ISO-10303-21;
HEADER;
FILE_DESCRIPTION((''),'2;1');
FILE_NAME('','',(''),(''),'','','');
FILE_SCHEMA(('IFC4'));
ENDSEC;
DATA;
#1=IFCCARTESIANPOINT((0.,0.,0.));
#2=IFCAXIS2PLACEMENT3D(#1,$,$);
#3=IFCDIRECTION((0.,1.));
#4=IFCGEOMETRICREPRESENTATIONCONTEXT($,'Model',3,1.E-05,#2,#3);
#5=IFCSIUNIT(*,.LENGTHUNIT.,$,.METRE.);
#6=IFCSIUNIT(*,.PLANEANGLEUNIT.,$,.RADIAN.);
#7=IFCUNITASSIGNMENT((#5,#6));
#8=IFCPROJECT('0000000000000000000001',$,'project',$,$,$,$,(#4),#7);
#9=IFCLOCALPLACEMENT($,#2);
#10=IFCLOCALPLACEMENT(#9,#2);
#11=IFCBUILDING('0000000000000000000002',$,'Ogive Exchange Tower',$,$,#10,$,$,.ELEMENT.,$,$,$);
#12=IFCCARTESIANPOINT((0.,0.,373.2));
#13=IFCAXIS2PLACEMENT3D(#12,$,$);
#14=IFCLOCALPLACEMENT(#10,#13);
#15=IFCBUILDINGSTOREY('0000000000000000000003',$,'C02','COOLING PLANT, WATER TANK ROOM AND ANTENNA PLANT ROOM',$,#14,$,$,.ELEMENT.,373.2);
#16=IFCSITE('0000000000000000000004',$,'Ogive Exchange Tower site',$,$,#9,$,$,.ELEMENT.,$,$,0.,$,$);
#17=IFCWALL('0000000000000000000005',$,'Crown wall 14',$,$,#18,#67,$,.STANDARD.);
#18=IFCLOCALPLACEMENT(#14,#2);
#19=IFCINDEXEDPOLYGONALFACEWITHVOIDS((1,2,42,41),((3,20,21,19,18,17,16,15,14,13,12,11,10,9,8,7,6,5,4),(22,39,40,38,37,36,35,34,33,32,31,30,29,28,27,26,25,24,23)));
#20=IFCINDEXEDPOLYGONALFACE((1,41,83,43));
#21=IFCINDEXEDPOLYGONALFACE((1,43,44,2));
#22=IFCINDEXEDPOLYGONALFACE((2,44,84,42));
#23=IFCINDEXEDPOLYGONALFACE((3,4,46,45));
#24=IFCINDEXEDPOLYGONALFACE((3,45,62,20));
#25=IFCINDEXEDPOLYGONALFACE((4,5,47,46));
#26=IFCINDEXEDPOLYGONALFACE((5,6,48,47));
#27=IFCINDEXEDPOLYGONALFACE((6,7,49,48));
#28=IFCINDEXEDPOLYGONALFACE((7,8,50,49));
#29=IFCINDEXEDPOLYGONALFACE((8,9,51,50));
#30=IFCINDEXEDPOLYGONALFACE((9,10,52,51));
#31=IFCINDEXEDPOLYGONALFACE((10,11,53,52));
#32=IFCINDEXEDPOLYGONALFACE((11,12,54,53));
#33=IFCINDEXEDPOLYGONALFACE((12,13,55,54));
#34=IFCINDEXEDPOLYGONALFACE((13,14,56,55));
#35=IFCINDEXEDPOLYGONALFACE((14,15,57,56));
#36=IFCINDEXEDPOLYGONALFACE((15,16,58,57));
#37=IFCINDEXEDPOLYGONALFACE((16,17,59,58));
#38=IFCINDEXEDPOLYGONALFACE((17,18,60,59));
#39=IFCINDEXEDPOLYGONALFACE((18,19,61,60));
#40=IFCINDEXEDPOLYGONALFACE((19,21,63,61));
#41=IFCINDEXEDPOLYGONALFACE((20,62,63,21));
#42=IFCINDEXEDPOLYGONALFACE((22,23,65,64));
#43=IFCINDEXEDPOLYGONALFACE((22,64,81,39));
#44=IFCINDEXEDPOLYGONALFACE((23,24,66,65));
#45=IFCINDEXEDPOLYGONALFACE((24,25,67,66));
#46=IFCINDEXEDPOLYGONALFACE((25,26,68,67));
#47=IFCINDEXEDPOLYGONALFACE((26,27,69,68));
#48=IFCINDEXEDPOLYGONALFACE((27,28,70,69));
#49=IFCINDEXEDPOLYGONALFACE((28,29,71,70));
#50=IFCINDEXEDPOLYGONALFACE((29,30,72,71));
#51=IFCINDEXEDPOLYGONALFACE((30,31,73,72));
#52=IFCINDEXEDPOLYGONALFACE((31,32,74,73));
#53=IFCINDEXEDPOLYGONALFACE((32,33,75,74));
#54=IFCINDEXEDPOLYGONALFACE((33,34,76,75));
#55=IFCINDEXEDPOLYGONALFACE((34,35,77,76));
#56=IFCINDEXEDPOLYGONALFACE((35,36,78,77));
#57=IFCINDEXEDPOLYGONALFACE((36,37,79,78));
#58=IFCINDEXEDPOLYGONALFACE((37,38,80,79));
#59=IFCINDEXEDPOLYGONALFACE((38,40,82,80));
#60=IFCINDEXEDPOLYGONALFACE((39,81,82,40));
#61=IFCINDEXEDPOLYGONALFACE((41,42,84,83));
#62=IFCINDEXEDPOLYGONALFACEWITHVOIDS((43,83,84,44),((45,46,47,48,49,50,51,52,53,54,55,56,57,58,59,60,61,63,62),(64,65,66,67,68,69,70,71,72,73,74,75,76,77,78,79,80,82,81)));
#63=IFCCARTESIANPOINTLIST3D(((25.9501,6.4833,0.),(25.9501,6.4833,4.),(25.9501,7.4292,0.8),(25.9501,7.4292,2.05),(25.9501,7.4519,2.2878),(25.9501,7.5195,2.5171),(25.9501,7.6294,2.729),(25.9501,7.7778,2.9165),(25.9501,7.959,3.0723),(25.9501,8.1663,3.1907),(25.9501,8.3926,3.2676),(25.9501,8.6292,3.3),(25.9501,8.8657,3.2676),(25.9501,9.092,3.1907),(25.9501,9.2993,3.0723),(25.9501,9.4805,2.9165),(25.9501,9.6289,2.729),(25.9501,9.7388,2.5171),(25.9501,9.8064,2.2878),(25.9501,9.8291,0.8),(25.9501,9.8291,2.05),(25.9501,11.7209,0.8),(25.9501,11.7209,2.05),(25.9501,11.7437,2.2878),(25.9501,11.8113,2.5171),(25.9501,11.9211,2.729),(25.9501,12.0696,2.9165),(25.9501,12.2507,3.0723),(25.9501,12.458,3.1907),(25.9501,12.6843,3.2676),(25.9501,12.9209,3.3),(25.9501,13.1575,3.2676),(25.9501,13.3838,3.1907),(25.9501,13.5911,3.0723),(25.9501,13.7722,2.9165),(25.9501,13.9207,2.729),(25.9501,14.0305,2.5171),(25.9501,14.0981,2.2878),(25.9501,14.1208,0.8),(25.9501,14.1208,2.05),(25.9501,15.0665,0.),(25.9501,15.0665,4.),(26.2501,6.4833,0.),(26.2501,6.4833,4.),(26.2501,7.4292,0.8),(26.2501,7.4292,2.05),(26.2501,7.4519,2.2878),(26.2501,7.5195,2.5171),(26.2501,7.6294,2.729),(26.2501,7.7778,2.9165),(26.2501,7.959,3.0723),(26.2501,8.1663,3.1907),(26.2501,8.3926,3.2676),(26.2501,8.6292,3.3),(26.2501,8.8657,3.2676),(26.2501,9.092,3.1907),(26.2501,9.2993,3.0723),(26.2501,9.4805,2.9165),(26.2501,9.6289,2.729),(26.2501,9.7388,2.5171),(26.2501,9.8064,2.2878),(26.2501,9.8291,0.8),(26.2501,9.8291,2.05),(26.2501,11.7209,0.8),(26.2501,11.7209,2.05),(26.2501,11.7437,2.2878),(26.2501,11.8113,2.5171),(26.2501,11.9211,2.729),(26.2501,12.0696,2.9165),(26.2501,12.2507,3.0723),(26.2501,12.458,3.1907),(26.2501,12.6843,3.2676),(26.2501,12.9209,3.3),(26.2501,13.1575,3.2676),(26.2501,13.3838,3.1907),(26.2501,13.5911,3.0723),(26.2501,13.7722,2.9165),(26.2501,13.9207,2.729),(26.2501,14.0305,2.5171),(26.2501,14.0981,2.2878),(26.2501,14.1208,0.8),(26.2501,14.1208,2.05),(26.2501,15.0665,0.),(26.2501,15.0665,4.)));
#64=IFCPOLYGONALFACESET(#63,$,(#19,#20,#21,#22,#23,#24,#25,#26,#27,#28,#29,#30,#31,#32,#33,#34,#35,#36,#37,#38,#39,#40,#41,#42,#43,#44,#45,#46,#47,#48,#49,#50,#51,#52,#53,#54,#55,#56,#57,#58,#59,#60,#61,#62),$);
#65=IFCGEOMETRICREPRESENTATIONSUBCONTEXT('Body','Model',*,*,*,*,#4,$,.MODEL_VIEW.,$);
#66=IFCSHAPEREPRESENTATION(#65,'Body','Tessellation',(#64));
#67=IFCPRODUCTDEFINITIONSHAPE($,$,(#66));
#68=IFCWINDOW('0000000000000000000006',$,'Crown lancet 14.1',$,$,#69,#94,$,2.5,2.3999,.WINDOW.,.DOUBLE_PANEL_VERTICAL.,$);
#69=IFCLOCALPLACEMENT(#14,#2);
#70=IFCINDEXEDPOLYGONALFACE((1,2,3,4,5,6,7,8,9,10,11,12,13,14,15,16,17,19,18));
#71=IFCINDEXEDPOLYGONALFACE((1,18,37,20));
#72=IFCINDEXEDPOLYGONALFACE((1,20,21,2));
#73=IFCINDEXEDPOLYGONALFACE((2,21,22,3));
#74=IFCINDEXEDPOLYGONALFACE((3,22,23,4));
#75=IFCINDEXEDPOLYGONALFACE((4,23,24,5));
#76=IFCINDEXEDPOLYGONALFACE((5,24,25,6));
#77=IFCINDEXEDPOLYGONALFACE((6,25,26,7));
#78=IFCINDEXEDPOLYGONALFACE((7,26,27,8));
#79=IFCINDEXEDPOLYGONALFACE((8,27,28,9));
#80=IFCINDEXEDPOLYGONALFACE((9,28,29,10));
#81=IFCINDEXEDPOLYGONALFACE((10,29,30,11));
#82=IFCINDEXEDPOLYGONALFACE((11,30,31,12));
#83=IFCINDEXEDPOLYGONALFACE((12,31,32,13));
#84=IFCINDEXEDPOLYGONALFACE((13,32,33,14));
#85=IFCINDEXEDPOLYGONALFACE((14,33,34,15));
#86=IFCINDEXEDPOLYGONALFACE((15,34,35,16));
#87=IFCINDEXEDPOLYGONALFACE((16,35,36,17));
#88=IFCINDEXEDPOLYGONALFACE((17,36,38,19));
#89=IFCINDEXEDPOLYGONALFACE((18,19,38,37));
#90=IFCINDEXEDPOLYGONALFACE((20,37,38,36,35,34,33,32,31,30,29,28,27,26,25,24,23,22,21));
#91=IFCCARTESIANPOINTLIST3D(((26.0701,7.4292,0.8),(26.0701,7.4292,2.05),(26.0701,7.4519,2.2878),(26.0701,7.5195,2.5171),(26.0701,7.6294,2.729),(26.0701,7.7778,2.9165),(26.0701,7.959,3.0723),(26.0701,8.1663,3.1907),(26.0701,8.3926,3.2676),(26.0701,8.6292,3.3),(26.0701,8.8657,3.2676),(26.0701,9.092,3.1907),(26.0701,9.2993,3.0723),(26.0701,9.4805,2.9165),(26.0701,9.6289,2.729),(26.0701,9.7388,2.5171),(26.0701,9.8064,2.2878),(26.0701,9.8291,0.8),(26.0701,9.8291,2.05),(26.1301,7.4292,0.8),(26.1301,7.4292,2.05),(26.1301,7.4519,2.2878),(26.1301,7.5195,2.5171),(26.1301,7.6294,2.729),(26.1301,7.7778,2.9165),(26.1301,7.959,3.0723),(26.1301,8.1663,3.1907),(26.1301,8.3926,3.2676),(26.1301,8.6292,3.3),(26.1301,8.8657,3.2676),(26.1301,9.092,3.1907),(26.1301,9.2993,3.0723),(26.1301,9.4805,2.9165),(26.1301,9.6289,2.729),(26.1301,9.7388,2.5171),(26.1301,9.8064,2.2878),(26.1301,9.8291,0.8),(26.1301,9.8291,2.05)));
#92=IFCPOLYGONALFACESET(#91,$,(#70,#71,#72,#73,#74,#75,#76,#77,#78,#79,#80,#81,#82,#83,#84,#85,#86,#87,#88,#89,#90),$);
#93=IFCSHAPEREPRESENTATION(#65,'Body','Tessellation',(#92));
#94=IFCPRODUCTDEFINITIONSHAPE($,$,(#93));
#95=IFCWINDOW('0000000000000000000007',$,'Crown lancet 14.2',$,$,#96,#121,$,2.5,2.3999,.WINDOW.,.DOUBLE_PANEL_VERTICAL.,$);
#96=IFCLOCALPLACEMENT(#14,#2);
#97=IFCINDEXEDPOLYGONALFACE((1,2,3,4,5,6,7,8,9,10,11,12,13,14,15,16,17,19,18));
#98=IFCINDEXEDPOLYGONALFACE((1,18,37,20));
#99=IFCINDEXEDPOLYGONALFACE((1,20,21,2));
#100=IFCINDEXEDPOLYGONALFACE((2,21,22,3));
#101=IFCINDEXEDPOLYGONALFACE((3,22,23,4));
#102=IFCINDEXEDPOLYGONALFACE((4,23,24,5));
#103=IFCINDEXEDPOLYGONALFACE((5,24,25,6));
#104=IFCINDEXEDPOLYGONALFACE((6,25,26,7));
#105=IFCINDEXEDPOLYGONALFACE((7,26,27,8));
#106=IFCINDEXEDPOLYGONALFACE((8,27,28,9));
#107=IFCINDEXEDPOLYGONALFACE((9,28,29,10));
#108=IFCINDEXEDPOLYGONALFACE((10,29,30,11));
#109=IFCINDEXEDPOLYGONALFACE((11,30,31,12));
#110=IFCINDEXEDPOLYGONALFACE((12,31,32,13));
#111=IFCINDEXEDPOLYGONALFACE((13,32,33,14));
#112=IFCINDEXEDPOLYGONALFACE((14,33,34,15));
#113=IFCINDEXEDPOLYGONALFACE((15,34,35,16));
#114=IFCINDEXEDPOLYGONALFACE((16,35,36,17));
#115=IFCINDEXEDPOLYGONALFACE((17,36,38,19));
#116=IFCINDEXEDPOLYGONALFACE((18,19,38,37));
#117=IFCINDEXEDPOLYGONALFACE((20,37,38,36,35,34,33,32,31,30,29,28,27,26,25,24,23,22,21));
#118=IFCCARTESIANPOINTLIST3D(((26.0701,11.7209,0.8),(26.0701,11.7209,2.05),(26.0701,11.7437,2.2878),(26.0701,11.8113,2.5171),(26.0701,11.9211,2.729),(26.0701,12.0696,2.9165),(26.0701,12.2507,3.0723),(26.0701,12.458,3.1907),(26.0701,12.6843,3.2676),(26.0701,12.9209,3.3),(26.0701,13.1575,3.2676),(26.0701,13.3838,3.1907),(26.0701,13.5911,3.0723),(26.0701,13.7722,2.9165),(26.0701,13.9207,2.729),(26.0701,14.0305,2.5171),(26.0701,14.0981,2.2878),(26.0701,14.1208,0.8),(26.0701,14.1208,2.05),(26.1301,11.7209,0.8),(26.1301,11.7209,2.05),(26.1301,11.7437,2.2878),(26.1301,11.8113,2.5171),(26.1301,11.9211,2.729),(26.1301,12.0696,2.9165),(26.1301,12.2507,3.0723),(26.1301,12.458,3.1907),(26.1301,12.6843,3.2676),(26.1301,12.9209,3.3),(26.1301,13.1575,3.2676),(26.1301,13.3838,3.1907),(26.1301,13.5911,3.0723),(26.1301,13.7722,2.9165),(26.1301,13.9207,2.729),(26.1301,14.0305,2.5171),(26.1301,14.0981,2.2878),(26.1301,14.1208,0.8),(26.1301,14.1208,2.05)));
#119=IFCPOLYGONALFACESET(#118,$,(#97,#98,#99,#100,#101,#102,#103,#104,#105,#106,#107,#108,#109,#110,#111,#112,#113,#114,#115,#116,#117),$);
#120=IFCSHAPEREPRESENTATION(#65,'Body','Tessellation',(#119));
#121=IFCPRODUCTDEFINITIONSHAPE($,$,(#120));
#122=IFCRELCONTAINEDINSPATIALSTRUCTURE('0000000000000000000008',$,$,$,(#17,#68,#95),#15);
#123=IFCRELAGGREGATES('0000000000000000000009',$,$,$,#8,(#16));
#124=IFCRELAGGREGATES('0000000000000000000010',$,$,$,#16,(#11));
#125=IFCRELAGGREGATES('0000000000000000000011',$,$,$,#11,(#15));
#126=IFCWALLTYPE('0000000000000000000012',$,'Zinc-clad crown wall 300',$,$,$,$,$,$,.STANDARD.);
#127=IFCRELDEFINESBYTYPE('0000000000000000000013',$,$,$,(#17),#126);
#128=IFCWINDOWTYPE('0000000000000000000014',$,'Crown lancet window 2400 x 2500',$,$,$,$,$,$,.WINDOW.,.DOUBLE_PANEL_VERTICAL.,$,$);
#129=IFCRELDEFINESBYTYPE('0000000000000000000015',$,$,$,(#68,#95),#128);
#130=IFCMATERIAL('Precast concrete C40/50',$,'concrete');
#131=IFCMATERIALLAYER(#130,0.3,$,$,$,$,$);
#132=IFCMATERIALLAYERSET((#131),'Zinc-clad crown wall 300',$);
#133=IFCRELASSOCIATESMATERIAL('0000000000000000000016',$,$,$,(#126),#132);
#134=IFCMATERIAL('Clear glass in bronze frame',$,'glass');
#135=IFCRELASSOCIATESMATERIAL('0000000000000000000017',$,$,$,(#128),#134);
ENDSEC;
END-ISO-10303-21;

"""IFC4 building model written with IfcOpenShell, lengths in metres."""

from ifc_helpers import new_model, si_unit, direction, frame, frame_2d, origin, place, context, subcontext, project, spatial, polyline, rectangle, outline, extrude, material, layer, layer_set, type_object, element, fill, save


model = new_model("IFC4")

# Units and contexts
model_context = context("Model", 3, precision=1e-05, world=origin(), true_north=direction((0.0, 1.0)))
body_context = subcontext(model_context, "Body", "Model", "MODEL_VIEW")
ifc_project = project(units=[si_unit("LENGTHUNIT", "METRE"), si_unit("PLANEANGLEUNIT", "RADIAN")], contexts=[model_context])

# Site, building, storey
site_placement = place(None, origin())
site = spatial("IfcSite", under=ifc_project, at=site_placement, Name="Ogive Exchange Tower site", CompositionType="ELEMENT", RefElevation=0.0)
building_placement = place(site_placement, origin())
building = spatial("IfcBuilding", under=site, at=building_placement, Name="Ogive Exchange Tower", CompositionType="ELEMENT")
storey_placement = place(building_placement, frame((0.0, 0.0, 373.2)))
storey = spatial("IfcBuildingStorey", under=building, at=storey_placement, Name="C02", Description="COOLING PLANT, WATER TANK ROOM AND ANTENNA PLANT ROOM", CompositionType="ELEMENT", Elevation=373.2)

# Wall, openings, windows
ifc_material_1 = material(Name="Precast concrete C40/50", Category="concrete")
ifc_layer_1 = layer(ifc_material_1, 0.3)
ifc_layer_set_1 = layer_set([ifc_layer_1], Name="Zinc-clad crown wall 300")
wall_type_1 = type_object("IfcWallType", Name="Zinc-clad crown wall 300", PredefinedType="STANDARD", material=ifc_layer_set_1)
wall_1_placement = place(storey_placement, frame((26.1001, 6.4834, 0.0), z_axis=(0.0, 0.0, 1.0), x_axis=(0.0, 1.0, 0.0)))
wall_1 = element("IfcWall", 1, at=wall_1_placement, inside=storey, type_object=wall_type_1, Name="Crown wall 14", PredefinedType="STANDARD", context=body_context, shape_type="SweptSolid", body=[
    extrude(rectangle(XDim=8.5833, YDim=0.3, at=frame_2d((4.2915, 0.0))), origin(), (0.0, 0.0, 1.0), 4.0),
])
opening_1_placement = place(wall_1_placement, frame((0.9458, 0.0, 0.8)))
opening_1 = element("IfcOpeningElement", 2, at=opening_1_placement, cuts=wall_1, PredefinedType="OPENING", context=body_context, shape_type="SweptSolid", body=[
    extrude(outline(polyline([(0.0, 0.0), (2.3999, 0.0), (2.3999, 1.25), (2.3772, 1.4878), (2.3096, 1.717), (2.1997, 1.929), (2.0513, 2.1165), (1.8701, 2.2722), (1.6628, 2.3906), (1.4365, 2.4675), (1.2, 2.5), (0.9634, 2.4675), (0.7371, 2.3906), (0.5298, 2.2722), (0.3486, 2.1165), (0.2002, 1.929), (0.0903, 1.717), (0.0227, 1.4878), (0.0, 1.25), (0.0, 0.0)])), frame((0.0, 0.1599, 0.0), z_axis=(0.0, -1.0, 0.0), x_axis=(1.0, 0.0, 0.0)), (0.0, 0.0, 1.0), 0.3201),
])
opening_2_placement = place(wall_1_placement, frame((5.2375, 0.0, 0.8)))
opening_2 = element("IfcOpeningElement", 3, at=opening_2_placement, cuts=wall_1, PredefinedType="OPENING", context=body_context, shape_type="SweptSolid", body=[
    extrude(outline(polyline([(0.0, 0.0), (2.3999, 0.0), (2.3999, 1.25), (2.3772, 1.4878), (2.3096, 1.717), (2.1997, 1.929), (2.0513, 2.1165), (1.8701, 2.2722), (1.6628, 2.3906), (1.4365, 2.4675), (1.2, 2.5), (0.9634, 2.4675), (0.7371, 2.3906), (0.5298, 2.2722), (0.3486, 2.1165), (0.2002, 1.929), (0.0903, 1.717), (0.0227, 1.4878), (0.0, 1.25), (0.0, 0.0)])), frame((0.0, 0.1599, 0.0), z_axis=(0.0, -1.0, 0.0), x_axis=(1.0, 0.0, 0.0)), (0.0, 0.0, 1.0), 0.3201),
])
ifc_material_2 = material(Name="Clear glass in bronze frame", Category="glass")
window_type = type_object("IfcWindowType", Name="Crown lancet window 2400 x 2500", PartitioningType="DOUBLE_PANEL_VERTICAL", PredefinedType="WINDOW", material=ifc_material_2)
window_1_placement = place(opening_1_placement, origin())
window_1 = element("IfcWindow", 4, at=window_1_placement, inside=storey, type_object=window_type, Name="Crown lancet 14.1", OverallHeight=2.5, OverallWidth=2.3999, PartitioningType="DOUBLE_PANEL_VERTICAL", PredefinedType="WINDOW", context=body_context, shape_type="SweptSolid", body=[
    extrude(outline(polyline([(0.0, 0.0), (2.3999, 0.0), (2.3999, 1.25), (2.3772, 1.4878), (2.3096, 1.717), (2.1997, 1.929), (2.0513, 2.1165), (1.8701, 2.2722), (1.6628, 2.3906), (1.4365, 2.4675), (1.2, 2.5), (0.9634, 2.4675), (0.7371, 2.3906), (0.5298, 2.2722), (0.3486, 2.1165), (0.2002, 1.929), (0.0903, 1.717), (0.0227, 1.4878), (0.0, 1.25), (0.0, 0.0)])), frame((0.0, 0.03, 0.0), z_axis=(0.0, -1.0, 0.0), x_axis=(1.0, 0.0, 0.0)), (0.0, 0.0, 1.0), 0.0601),
])
fill(opening_1, window_1)
window_2_placement = place(opening_2_placement, origin())
window_2 = element("IfcWindow", 5, at=window_2_placement, inside=storey, type_object=window_type, Name="Crown lancet 14.2", OverallHeight=2.5, OverallWidth=2.3999, PartitioningType="DOUBLE_PANEL_VERTICAL", PredefinedType="WINDOW", context=body_context, shape_type="SweptSolid", body=[
    extrude(outline(polyline([(0.0, 0.0), (2.3999, 0.0), (2.3999, 1.25), (2.3772, 1.4878), (2.3096, 1.717), (2.1997, 1.929), (2.0513, 2.1165), (1.8701, 2.2722), (1.6628, 2.3906), (1.4365, 2.4675), (1.2, 2.5), (0.9634, 2.4675), (0.7371, 2.3906), (0.5298, 2.2722), (0.3486, 2.1165), (0.2002, 1.929), (0.0903, 1.717), (0.0227, 1.4878), (0.0, 1.25), (0.0, 0.0)])), frame((0.0, 0.03, 0.0), z_axis=(0.0, -1.0, 0.0), x_axis=(1.0, 0.0, 0.0)), (0.0, 0.0, 1.0), 0.0601),
])
fill(opening_2, window_2)

save(model, "model.ifc")
